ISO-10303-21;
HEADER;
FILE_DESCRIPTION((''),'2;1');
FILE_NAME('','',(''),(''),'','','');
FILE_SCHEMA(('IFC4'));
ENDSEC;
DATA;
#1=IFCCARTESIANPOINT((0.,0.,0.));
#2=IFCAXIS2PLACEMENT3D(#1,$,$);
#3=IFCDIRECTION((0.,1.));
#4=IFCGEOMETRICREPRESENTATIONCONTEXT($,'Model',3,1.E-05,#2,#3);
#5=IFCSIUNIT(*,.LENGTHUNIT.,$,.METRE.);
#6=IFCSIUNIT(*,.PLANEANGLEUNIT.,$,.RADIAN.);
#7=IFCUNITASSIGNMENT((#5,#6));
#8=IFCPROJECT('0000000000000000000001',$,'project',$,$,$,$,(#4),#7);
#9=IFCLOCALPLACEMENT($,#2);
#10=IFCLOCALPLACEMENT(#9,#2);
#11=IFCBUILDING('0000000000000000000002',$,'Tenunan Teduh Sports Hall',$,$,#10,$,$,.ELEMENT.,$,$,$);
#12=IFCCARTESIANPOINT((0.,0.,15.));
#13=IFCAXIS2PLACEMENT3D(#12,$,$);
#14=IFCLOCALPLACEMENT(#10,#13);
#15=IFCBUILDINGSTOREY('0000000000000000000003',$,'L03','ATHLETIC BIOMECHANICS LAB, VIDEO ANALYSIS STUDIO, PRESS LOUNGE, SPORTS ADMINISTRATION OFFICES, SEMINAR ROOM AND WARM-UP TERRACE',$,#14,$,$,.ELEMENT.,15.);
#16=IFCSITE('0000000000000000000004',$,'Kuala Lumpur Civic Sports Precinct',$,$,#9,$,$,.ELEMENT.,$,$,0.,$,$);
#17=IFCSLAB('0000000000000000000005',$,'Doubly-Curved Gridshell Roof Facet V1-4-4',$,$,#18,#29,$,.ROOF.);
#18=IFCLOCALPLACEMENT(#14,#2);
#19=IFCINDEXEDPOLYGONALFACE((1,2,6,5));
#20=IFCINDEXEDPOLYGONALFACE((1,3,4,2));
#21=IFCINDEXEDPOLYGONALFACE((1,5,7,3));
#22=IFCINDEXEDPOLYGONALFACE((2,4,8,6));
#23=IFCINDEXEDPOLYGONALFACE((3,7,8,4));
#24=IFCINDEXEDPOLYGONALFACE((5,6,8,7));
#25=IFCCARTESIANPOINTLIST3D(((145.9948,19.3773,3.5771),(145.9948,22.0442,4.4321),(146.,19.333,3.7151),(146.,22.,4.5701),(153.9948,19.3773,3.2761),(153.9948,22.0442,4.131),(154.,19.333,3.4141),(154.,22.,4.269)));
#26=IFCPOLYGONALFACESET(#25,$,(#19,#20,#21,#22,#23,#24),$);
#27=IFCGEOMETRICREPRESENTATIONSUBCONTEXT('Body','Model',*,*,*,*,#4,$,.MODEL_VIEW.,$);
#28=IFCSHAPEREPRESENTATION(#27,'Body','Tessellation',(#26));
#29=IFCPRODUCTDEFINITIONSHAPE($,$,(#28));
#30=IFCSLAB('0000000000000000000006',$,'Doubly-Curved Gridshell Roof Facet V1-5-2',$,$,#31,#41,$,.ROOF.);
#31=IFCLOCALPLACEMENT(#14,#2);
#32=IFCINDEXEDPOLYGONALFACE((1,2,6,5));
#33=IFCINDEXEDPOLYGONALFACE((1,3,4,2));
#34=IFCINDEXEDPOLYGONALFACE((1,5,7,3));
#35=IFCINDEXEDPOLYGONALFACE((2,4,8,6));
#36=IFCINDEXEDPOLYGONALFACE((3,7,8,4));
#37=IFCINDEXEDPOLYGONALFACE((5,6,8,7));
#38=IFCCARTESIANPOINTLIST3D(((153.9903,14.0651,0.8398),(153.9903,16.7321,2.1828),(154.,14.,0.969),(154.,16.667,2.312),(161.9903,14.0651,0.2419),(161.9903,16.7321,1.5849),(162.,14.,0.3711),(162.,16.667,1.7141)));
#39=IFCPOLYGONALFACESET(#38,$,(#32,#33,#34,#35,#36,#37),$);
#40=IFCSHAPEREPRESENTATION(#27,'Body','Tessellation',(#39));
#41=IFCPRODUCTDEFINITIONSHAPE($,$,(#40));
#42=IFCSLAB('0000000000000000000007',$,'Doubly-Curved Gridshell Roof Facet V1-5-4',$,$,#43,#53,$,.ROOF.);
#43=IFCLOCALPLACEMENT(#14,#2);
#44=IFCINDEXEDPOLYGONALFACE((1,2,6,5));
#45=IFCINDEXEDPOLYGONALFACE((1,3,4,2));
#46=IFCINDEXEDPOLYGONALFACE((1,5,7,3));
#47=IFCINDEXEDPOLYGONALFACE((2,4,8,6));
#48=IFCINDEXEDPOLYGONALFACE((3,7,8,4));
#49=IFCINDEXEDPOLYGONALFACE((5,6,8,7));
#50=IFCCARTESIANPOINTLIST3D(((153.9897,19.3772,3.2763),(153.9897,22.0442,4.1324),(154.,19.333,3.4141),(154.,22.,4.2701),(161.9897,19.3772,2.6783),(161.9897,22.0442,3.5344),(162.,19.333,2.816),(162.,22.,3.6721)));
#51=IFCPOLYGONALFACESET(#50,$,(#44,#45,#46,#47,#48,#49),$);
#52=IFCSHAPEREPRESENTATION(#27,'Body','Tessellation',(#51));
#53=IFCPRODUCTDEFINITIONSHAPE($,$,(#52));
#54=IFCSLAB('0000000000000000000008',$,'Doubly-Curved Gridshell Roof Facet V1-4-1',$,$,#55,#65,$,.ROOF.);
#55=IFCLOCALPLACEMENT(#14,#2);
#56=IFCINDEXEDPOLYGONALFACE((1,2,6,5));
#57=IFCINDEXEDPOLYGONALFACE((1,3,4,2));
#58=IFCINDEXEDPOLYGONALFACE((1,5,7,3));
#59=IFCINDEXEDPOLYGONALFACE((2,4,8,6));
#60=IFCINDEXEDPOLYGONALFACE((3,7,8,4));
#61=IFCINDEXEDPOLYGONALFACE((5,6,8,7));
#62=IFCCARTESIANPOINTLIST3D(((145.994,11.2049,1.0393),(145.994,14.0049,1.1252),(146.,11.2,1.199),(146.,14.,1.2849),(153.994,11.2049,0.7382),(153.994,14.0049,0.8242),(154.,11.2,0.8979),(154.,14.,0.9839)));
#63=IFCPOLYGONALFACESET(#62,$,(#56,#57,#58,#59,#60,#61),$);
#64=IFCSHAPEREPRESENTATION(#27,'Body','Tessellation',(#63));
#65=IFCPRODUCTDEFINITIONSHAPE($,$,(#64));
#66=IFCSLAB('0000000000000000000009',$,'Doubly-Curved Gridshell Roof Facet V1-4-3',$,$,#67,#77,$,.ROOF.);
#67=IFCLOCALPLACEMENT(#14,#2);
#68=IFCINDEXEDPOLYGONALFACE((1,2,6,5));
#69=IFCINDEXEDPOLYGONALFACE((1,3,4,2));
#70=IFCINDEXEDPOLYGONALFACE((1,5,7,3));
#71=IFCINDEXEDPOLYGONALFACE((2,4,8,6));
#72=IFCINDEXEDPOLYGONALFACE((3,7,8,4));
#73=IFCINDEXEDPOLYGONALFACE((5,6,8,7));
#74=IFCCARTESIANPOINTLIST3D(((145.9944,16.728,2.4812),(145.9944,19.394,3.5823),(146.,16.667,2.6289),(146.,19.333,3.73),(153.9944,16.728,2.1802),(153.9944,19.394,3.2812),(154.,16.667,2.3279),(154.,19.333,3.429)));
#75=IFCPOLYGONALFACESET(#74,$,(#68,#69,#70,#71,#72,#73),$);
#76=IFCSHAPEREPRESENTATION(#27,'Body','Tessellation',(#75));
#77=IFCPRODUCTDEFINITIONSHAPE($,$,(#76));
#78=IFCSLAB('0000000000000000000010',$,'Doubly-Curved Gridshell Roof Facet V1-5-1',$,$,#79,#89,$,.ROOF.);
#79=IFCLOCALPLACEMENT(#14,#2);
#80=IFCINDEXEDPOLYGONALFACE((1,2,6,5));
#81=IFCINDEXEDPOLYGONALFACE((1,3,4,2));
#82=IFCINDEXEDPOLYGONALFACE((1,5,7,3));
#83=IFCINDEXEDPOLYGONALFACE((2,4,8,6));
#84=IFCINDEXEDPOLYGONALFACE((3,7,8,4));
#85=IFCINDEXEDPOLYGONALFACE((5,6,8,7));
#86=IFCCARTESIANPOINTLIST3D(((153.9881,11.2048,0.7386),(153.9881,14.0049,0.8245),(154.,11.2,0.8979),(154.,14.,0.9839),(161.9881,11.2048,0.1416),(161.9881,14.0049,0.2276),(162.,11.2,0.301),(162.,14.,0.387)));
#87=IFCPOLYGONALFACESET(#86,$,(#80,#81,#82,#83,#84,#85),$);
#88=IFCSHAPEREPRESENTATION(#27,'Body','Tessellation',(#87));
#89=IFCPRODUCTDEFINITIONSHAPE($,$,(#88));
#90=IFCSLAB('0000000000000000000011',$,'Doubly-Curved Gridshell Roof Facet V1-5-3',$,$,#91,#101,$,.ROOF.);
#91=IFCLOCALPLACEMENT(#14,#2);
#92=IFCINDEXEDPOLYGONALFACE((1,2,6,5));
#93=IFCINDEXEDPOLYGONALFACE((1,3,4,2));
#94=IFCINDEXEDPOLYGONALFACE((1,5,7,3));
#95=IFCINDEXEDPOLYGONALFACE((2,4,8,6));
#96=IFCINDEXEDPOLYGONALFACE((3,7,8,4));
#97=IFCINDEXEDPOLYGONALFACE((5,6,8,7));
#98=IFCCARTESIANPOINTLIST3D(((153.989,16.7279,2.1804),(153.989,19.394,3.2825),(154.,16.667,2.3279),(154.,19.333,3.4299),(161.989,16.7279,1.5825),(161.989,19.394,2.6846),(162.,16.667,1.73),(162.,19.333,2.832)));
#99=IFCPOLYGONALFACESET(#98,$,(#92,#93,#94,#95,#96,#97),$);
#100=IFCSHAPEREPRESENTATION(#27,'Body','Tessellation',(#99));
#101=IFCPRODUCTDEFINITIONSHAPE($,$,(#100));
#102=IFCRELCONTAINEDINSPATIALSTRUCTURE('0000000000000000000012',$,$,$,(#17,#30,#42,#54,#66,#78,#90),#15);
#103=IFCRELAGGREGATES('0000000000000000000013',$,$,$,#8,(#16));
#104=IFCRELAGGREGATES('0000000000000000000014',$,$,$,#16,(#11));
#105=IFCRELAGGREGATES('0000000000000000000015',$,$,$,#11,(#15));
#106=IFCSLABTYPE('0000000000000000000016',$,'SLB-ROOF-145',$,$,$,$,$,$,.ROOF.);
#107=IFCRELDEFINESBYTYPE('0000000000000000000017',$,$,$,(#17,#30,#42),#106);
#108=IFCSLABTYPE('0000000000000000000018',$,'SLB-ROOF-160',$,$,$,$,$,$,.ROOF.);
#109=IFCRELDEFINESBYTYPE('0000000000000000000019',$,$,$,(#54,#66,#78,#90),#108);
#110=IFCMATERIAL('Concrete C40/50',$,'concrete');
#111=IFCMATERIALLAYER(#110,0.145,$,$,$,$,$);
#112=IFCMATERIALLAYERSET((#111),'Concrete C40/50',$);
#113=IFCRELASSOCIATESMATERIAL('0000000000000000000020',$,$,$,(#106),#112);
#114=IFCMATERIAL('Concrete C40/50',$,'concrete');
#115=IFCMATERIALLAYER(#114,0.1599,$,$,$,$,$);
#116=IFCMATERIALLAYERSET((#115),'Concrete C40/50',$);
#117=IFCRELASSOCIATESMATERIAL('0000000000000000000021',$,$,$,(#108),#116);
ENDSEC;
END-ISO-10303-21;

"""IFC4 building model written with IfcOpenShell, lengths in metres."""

from ifc_helpers import new_model, si_unit, direction, frame, origin, place, context, subcontext, project, spatial, polyline, outline, extrude, material, layer, layer_set, type_object, element, save


model = new_model("IFC4")

# Units and contexts
model_context = context("Model", 3, precision=1e-05, world=origin(), true_north=direction((0.0, 1.0)))
body_context = subcontext(model_context, "Body", "Model", "MODEL_VIEW")
ifc_project = project(units=[si_unit("LENGTHUNIT", "METRE"), si_unit("PLANEANGLEUNIT", "RADIAN")], contexts=[model_context])

# Site, building, storey
site_placement = place(None, origin())
site = spatial("IfcSite", under=ifc_project, at=site_placement, Name="Kuala Lumpur Civic Sports Precinct", CompositionType="ELEMENT", RefElevation=0.0)
building_placement = place(site_placement, origin())
building = spatial("IfcBuilding", under=site, at=building_placement, Name="Tenunan Teduh Sports Hall", CompositionType="ELEMENT")
storey_placement = place(building_placement, frame((0.0, 0.0, 15.0)))
storey = spatial("IfcBuildingStorey", under=building, at=storey_placement, Name="L03", Description="ATHLETIC BIOMECHANICS LAB, VIDEO ANALYSIS STUDIO, PRESS LOUNGE, SPORTS ADMINISTRATION OFFICES, SEMINAR ROOM AND WARM-UP TERRACE", CompositionType="ELEMENT", Elevation=15.0)

# Slabs
ifc_material_1 = material(Name="Concrete C40/50", Category="concrete")
ifc_layer_1 = layer(ifc_material_1, 0.145)
ifc_layer_set_1 = layer_set([ifc_layer_1], Name="Concrete C40/50")
slab_type_1 = type_object("IfcSlabType", Name="SLB-ROOF-145", PredefinedType="ROOF", material=ifc_layer_set_1)
slab_1_placement = place(storey_placement, frame((146.0, 19.333, 3.7151), z_axis=(0.035809, -0.30508, 0.951653), x_axis=(0.999293, 0.0, -0.037602)))
element("IfcSlab", 1, at=slab_1_placement, inside=storey, type_object=slab_type_1, Name="Doubly-Curved Gridshell Roof Facet V1-4-4", PredefinedType="ROOF", context=body_context, shape_type="SweptSolid", body=[
    extrude(outline(polyline([(0.0, 0.0), (8.0057, 0.0), (7.9735, 2.8005), (-0.0321, 2.8005), (0.0, 0.0)])), origin(), (0.0, 0.0, -1.0), 0.145),
])
slab_2_placement = place(storey_placement, frame((154.0, 14.0, 0.969), z_axis=(0.066603, -0.448764, 0.891165), x_axis=(0.997219, 0.0, -0.07453)))
element("IfcSlab", 2, at=slab_2_placement, inside=storey, type_object=slab_type_1, Name="Doubly-Curved Gridshell Roof Facet V1-5-2", PredefinedType="ROOF", context=body_context, shape_type="SweptSolid", body=[
    extrude(outline(polyline([(0.0, 0.0), (8.0223, 0.0), (7.9222, 2.9844), (-0.1001, 2.9844), (0.0, 0.0)])), origin(), (0.0, 0.0, -1.0), 0.145),
])
slab_3_placement = place(storey_placement, frame((154.0, 19.333, 3.4141), z_axis=(0.070996, -0.30486, 0.949747), x_axis=(0.997218, -0.000004, -0.074546)))
element("IfcSlab", 3, at=slab_3_placement, inside=storey, type_object=slab_type_1, Name="Doubly-Curved Gridshell Roof Facet V1-5-4", PredefinedType="ROOF", context=body_context, shape_type="SweptSolid", body=[
    extrude(outline(polyline([(0.0, 0.0), (8.0223, 0.0), (7.9585, 2.8003), (-0.0638, 2.8003), (0.0, 0.0)])), origin(), (0.0, 0.0, -1.0), 0.145),
])
ifc_material_2 = material(Name="Concrete C40/50", Category="concrete")
ifc_layer_2 = layer(ifc_material_2, 0.1599)
ifc_layer_set_2 = layer_set([ifc_layer_2], Name="Concrete C40/50")
slab_type_2 = type_object("IfcSlabType", Name="SLB-ROOF-160", PredefinedType="ROOF", material=ifc_layer_set_2)
slab_4_placement = place(storey_placement, frame((146.0, 11.2, 1.199), z_axis=(0.037584, -0.030655, 0.998823), x_axis=(0.999293, 0.0, -0.037602)))
element("IfcSlab", 4, at=slab_4_placement, inside=storey, type_object=slab_type_2, Name="Doubly-Curved Gridshell Roof Facet V1-4-1", PredefinedType="ROOF", context=body_context, shape_type="SweptSolid", body=[
    extrude(outline(polyline([(0.0, 0.0), (8.0057, 0.0), (8.0024, 2.8014), (-0.0032, 2.8014), (0.0, 0.0)])), origin(), (0.0, 0.0, -1.0), 0.1599),
])
slab_5_placement = place(storey_placement, frame((146.0, 16.667, 2.6289), z_axis=(0.034758, -0.381498, 0.923716), x_axis=(0.999293, 0.0, -0.037602)))
element("IfcSlab", 5, at=slab_5_placement, inside=storey, type_object=slab_type_2, Name="Doubly-Curved Gridshell Roof Facet V1-4-3", PredefinedType="ROOF", context=body_context, shape_type="SweptSolid", body=[
    extrude(outline(polyline([(0.0, 0.0), (8.0057, 0.0), (7.9643, 2.8841), (-0.0414, 2.8841), (0.0, 0.0)])), origin(), (0.0, 0.0, -1.0), 0.1599),
])
slab_6_placement = place(storey_placement, frame((154.0, 11.2, 0.8979), z_axis=(0.074374, -0.030592, 0.996761), x_axis=(0.997228, 0.0, -0.074409)))
element("IfcSlab", 6, at=slab_6_placement, inside=storey, type_object=slab_type_2, Name="Doubly-Curved Gridshell Roof Facet V1-5-1", PredefinedType="ROOF", context=body_context, shape_type="SweptSolid", body=[
    extrude(outline(polyline([(0.0, 0.0), (8.0222, 0.0), (8.0158, 2.8014), (-0.0064, 2.8014), (0.0, 0.0)])), origin(), (0.0, 0.0, -1.0), 0.1599),
])
slab_7_placement = place(storey_placement, frame((154.0, 16.667, 2.3279), z_axis=(0.068905, -0.38111, 0.921958), x_axis=(0.997219, 0.0, -0.07453)))
element("IfcSlab", 7, at=slab_7_placement, inside=storey, type_object=slab_type_2, Name="Doubly-Curved Gridshell Roof Facet V1-5-3", PredefinedType="ROOF", context=body_context, shape_type="SweptSolid", body=[
    extrude(outline(polyline([(0.0, 0.0), (8.0223, 0.0), (7.9402, 2.8836), (-0.0821, 2.8836), (0.0, 0.0)])), origin(), (0.0, 0.0, -1.0), 0.1599),
])

save(model, "model.ifc")
